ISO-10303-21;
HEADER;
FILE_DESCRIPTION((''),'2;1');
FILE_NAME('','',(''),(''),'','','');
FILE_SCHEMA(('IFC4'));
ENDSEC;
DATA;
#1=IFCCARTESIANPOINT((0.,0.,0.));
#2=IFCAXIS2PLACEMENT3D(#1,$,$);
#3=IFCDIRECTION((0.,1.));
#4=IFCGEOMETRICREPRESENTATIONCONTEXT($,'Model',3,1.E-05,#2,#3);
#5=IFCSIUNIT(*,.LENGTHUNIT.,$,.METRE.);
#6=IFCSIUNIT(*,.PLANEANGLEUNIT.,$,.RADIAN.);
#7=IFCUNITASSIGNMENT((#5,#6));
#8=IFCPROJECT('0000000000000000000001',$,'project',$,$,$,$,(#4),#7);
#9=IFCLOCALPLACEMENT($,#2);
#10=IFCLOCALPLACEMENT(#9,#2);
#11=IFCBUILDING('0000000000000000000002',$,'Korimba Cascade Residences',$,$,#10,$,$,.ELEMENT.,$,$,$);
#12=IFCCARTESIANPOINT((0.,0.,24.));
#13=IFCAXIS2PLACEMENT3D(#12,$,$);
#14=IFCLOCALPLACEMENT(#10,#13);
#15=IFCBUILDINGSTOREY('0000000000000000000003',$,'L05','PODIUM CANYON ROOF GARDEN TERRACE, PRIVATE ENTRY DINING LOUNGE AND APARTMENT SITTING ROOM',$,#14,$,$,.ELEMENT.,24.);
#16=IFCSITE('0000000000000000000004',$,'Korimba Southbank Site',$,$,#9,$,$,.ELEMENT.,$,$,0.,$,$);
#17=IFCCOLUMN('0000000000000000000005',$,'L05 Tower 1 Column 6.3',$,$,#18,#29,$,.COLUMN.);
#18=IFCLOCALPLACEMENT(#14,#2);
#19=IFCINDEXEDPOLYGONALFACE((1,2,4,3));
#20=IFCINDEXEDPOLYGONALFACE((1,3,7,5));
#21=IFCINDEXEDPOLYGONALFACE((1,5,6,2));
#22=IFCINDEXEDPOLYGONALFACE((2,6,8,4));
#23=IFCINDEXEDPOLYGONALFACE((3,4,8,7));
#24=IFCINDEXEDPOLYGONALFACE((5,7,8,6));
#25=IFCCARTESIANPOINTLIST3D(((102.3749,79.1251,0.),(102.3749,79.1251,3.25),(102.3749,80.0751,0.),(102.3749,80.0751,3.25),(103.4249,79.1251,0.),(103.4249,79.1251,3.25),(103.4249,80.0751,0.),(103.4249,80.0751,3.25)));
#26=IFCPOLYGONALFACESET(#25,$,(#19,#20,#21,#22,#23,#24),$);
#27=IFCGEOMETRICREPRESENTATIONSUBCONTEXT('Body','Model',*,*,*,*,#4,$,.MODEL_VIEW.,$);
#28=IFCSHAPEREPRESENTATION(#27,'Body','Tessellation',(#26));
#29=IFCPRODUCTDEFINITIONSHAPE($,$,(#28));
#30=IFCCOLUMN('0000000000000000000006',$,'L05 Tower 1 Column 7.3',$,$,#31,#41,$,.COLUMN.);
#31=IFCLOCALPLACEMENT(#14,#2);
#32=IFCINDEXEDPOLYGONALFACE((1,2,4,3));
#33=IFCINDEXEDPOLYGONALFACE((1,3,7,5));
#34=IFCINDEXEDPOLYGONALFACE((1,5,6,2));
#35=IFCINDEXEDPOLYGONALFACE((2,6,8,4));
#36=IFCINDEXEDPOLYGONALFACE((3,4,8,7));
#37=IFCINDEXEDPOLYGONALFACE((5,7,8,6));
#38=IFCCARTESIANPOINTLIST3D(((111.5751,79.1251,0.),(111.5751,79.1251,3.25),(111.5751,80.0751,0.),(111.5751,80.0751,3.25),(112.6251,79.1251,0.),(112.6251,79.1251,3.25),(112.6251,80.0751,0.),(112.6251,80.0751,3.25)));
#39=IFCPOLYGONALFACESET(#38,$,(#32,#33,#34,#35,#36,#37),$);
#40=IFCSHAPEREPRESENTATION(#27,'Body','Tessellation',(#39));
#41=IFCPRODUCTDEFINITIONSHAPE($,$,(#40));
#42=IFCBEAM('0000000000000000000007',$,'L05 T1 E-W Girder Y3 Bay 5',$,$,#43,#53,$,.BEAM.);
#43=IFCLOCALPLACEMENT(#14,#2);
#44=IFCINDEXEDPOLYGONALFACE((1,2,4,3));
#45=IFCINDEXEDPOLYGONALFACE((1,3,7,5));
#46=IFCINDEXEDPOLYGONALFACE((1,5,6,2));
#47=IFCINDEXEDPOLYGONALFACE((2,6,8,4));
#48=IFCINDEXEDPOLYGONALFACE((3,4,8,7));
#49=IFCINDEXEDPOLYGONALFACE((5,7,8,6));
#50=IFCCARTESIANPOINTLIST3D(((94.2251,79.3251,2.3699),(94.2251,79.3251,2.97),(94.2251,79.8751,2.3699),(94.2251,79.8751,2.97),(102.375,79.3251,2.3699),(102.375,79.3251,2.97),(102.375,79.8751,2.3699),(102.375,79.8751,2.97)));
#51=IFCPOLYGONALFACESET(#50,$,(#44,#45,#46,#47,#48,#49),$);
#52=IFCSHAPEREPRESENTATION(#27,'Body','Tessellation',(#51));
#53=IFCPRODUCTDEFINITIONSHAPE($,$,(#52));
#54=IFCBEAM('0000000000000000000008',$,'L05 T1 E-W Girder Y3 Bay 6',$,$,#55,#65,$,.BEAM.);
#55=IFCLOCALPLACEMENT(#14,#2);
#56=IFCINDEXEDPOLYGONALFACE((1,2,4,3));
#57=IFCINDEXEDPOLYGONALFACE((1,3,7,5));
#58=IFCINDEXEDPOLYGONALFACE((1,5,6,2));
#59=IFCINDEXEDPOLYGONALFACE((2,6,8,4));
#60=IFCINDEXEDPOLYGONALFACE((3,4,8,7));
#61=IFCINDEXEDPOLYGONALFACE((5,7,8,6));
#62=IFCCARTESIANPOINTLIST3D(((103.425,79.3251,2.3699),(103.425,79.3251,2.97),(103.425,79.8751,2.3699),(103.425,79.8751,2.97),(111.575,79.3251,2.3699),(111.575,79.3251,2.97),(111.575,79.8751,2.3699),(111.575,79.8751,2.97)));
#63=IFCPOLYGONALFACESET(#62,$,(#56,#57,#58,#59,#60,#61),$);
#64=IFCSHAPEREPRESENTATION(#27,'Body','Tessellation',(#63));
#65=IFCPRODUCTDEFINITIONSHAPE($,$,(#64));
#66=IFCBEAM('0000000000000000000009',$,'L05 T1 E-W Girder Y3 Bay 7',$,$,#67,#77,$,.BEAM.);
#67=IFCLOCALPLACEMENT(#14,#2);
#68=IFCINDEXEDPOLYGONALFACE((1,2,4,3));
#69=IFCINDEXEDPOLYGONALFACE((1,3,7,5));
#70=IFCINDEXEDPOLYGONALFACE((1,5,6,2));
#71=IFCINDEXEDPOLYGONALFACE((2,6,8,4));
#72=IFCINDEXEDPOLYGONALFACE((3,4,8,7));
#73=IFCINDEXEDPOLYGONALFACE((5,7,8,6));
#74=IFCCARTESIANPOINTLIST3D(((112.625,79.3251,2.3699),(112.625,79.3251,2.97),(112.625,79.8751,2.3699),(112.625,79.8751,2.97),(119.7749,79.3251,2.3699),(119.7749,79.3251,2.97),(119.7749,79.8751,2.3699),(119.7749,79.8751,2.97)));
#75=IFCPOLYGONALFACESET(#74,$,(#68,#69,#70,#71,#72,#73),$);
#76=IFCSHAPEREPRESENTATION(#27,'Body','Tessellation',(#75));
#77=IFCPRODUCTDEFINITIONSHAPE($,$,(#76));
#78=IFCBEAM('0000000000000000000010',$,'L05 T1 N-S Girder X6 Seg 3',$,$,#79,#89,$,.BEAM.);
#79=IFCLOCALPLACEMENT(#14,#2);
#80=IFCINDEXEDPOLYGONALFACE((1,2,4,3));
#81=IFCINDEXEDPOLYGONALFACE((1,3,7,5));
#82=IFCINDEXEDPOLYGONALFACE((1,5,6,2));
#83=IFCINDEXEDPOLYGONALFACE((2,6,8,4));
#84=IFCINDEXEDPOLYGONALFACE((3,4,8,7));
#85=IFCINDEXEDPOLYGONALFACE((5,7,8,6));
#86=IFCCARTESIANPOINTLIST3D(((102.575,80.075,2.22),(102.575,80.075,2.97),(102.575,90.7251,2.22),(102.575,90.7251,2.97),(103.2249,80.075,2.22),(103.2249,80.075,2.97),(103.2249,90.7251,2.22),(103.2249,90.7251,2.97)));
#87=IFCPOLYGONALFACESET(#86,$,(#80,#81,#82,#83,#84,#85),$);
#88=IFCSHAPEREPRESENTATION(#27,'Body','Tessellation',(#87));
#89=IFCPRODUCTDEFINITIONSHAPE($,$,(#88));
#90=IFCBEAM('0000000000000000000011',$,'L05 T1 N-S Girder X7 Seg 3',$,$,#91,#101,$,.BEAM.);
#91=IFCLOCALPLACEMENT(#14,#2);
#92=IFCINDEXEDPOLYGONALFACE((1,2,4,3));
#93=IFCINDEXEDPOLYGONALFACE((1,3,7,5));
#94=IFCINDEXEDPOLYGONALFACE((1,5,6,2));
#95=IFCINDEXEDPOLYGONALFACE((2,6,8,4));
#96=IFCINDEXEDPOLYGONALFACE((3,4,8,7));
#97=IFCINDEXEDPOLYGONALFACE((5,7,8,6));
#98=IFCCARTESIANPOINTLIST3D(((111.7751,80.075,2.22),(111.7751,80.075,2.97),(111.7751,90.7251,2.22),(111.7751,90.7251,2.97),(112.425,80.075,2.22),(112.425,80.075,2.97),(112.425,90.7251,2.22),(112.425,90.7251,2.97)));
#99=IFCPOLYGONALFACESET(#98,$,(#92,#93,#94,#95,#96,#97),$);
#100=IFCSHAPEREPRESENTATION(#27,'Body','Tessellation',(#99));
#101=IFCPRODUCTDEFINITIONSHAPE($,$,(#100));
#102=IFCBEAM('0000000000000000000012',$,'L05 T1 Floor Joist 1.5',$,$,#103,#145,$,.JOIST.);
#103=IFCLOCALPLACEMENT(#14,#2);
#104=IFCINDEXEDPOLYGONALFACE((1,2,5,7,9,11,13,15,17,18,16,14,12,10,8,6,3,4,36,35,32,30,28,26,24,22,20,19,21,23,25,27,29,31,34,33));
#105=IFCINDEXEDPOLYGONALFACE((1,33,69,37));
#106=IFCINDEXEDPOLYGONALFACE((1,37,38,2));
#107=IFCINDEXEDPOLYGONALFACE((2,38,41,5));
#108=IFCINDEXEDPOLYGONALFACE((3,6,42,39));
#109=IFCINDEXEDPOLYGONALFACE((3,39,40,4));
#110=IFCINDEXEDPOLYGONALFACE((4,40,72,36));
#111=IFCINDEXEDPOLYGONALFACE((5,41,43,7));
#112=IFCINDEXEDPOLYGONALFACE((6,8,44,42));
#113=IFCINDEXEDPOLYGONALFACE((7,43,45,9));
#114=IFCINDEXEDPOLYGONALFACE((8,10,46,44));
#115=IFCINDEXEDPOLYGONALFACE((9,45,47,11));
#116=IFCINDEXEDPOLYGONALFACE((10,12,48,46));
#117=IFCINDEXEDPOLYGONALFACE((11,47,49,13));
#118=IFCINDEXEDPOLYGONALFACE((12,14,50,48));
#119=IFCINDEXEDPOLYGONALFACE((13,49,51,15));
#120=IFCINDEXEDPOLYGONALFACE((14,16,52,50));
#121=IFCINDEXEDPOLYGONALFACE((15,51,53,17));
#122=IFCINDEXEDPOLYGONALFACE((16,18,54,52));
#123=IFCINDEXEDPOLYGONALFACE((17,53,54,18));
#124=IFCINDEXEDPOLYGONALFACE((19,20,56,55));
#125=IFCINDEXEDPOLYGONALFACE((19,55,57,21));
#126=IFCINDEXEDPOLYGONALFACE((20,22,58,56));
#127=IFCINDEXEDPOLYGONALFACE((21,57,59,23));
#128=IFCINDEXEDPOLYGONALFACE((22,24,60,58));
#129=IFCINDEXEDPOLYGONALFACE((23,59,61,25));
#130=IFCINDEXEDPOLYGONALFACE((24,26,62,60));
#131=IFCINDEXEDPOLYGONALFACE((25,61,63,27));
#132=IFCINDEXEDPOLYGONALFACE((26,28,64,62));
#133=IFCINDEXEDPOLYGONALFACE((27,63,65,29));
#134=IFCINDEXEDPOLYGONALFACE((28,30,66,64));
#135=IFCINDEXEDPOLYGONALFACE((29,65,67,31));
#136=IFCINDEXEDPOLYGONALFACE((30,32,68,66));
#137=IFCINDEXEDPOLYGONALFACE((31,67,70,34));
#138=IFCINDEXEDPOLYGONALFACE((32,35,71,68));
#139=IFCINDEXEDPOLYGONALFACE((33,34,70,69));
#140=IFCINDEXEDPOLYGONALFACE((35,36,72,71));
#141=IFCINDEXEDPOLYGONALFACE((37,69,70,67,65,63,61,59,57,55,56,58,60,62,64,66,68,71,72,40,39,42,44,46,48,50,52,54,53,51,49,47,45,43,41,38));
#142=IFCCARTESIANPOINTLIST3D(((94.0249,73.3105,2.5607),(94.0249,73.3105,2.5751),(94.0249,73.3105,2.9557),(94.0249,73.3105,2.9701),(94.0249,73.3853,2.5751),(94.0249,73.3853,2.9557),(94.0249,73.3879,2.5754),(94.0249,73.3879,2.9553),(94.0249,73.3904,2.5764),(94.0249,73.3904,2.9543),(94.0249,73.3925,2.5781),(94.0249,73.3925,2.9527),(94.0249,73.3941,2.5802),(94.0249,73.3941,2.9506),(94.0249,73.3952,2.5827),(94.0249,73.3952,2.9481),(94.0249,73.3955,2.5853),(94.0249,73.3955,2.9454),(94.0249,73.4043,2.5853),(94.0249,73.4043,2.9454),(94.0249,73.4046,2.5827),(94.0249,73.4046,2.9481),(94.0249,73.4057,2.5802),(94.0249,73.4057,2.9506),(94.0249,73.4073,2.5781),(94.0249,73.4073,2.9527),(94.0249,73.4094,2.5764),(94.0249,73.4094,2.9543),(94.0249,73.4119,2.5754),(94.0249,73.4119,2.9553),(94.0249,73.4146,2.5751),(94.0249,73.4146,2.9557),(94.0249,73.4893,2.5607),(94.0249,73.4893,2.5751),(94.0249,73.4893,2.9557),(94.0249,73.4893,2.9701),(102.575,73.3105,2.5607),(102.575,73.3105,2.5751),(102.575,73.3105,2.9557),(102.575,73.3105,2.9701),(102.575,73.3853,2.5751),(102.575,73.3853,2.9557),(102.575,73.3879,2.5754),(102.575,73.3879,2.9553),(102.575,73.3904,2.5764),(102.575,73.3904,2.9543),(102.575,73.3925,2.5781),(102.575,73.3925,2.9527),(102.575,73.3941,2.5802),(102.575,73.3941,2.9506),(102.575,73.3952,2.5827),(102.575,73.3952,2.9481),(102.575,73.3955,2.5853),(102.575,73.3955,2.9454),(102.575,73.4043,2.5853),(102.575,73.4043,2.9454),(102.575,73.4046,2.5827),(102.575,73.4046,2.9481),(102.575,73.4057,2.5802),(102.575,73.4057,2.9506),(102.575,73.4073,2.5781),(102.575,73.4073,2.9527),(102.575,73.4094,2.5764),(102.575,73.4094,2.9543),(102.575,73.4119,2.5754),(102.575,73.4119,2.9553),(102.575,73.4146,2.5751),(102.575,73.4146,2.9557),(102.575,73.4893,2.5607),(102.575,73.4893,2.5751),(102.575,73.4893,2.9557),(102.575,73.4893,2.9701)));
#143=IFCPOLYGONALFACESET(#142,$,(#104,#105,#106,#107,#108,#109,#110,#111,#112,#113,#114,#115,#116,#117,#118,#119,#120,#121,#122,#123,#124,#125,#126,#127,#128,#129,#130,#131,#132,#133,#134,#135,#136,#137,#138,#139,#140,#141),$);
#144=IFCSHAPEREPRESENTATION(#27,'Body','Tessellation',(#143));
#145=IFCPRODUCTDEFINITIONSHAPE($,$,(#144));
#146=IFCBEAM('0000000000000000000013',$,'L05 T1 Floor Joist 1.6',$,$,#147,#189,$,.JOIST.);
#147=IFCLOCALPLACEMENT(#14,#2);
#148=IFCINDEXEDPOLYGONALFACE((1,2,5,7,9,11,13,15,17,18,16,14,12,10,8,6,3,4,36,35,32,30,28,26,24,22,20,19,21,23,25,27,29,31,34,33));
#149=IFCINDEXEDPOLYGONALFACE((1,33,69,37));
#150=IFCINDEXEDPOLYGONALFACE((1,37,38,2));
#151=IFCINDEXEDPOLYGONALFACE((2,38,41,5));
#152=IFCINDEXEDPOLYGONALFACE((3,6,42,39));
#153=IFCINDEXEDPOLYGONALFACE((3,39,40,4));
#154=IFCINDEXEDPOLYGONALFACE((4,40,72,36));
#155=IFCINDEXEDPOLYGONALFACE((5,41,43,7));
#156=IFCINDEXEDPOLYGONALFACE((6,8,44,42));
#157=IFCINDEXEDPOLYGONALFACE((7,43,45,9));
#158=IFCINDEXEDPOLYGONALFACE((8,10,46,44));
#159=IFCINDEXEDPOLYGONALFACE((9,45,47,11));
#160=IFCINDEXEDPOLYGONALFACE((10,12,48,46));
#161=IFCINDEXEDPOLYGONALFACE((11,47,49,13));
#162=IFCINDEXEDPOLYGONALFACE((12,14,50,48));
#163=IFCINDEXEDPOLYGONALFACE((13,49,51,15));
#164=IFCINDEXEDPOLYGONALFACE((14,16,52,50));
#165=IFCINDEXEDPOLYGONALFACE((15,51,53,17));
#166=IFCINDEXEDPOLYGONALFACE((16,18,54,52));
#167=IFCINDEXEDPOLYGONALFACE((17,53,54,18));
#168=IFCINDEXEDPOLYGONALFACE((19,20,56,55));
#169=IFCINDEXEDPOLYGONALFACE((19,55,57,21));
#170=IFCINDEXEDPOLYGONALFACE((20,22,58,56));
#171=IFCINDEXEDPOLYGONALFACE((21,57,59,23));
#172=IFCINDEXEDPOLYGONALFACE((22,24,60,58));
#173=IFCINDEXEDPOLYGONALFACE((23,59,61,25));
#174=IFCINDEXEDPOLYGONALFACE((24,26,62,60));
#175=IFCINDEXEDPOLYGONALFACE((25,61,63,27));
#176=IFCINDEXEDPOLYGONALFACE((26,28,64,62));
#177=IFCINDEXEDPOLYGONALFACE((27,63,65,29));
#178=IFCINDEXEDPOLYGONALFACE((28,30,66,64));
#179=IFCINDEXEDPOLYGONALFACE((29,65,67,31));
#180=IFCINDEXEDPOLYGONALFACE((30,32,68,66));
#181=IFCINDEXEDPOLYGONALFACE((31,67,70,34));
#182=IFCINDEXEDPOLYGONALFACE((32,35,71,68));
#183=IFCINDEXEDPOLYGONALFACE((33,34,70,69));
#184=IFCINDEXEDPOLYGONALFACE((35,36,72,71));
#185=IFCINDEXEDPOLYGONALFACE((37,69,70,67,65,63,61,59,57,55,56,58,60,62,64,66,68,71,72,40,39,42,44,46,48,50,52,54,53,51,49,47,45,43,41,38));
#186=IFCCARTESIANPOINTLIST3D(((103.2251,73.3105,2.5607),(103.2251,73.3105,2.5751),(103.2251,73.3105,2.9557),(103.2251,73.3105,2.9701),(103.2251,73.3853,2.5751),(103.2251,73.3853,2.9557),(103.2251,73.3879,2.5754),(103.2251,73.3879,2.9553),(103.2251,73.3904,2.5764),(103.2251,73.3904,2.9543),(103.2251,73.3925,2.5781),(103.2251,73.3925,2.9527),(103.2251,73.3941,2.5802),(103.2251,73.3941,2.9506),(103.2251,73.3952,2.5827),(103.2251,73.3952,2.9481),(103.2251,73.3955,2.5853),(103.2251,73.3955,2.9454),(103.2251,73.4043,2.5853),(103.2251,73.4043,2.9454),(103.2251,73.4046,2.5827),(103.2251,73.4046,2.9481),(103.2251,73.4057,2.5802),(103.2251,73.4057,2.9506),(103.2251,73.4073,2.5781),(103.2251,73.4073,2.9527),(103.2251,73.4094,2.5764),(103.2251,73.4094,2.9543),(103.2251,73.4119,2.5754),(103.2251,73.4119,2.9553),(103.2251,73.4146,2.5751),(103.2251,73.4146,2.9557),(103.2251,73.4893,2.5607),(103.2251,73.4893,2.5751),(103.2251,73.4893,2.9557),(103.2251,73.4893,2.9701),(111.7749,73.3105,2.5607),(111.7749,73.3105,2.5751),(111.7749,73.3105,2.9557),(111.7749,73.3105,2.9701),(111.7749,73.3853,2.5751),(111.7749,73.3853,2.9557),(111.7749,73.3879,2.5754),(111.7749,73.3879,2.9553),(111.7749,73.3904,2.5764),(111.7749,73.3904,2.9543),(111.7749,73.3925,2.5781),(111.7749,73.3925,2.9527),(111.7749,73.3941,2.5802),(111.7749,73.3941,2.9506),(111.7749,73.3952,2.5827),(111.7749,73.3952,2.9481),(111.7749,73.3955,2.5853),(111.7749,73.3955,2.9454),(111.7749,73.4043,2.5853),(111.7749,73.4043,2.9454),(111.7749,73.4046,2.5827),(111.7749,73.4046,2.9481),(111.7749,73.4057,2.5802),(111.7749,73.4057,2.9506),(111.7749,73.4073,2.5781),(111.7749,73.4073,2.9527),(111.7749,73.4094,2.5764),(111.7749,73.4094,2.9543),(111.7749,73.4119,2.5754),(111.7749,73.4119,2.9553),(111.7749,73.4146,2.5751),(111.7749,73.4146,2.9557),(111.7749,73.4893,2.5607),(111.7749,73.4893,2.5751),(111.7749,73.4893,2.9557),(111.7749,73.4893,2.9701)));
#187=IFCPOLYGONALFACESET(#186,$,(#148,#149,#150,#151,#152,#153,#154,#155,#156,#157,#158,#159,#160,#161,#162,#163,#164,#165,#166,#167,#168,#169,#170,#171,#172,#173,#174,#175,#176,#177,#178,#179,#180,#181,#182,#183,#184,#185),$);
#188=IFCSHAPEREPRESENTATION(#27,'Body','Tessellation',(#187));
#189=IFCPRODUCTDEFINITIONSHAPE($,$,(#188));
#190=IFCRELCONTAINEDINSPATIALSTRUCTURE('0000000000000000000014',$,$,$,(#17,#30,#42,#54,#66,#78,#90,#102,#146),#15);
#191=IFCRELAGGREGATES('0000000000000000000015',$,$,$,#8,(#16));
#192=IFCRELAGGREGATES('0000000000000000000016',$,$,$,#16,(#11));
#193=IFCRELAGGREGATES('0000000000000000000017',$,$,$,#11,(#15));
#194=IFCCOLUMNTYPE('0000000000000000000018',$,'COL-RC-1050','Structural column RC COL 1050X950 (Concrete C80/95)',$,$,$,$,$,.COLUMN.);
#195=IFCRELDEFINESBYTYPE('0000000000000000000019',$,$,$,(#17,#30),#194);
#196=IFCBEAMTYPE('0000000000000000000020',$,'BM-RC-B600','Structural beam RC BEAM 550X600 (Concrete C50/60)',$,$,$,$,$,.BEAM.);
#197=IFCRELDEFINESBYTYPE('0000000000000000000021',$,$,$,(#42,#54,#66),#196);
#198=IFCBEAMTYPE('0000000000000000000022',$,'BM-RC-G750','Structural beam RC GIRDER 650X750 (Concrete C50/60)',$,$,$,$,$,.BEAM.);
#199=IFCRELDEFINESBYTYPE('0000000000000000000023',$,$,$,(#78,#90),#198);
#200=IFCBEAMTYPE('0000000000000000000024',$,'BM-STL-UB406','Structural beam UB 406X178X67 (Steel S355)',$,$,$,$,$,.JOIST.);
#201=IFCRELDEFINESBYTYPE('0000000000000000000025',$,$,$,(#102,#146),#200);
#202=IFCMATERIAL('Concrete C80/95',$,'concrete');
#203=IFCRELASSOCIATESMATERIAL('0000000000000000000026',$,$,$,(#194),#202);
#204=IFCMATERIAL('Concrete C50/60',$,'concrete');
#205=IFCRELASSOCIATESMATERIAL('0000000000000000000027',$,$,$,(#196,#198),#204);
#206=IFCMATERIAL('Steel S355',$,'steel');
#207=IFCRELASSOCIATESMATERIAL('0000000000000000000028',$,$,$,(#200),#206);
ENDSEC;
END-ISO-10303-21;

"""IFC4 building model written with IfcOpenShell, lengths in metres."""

from ifc_helpers import new_model, si_unit, direction, frame, origin, origin_2d, place, context, subcontext, project, spatial, rectangle, i_section, extrude, material, material_profile, profile_set, type_object, element, save


model = new_model("IFC4")

# Units and contexts
model_context = context("Model", 3, precision=1e-05, world=origin(), true_north=direction((0.0, 1.0)))
body_context = subcontext(model_context, "Body", "Model", "MODEL_VIEW")
ifc_project = project(units=[si_unit("LENGTHUNIT", "METRE"), si_unit("PLANEANGLEUNIT", "RADIAN")], contexts=[model_context])

# Site, building, storey
site_placement = place(None, origin())
site = spatial("IfcSite", under=ifc_project, at=site_placement, Name="Korimba Southbank Site", CompositionType="ELEMENT", RefElevation=0.0)
building_placement = place(site_placement, origin())
building = spatial("IfcBuilding", under=site, at=building_placement, Name="Korimba Cascade Residences", CompositionType="ELEMENT")
storey_placement = place(building_placement, frame((0.0, 0.0, 24.0)))
storey = spatial("IfcBuildingStorey", under=building, at=storey_placement, Name="L05", Description="PODIUM CANYON ROOF GARDEN TERRACE, PRIVATE ENTRY DINING LOUNGE AND APARTMENT SITTING ROOM", CompositionType="ELEMENT", Elevation=24.0)

# Columns
ifc_material_1 = material(Name="Concrete C80/95", Category="concrete")
ifc_material_profile_1 = material_profile(ifc_material_1, rectangle(XDim=1.05, YDim=0.95, at=origin_2d()), Name="Concrete C80/95")
ifc_profile_set_1 = profile_set([ifc_material_profile_1], Name="Concrete C80/95")
column_type = type_object("IfcColumnType", Name="COL-RC-1050", Description="Structural column RC COL 1050X950 (Concrete C80/95)", PredefinedType="COLUMN", material=ifc_profile_set_1)
for number, where, z_axis, x_axis, name in (
    (1, (102.8999, 79.6001, 0.0), (0.0, 0.0, 1.0), (1.0, 0.0, 0.0), "L05 Tower 1 Column 6.3"),
    (2, (112.1001, 79.6001, 0.0), (0.0, 0.0, 1.0), (1.0, 0.0, 0.0), "L05 Tower 1 Column 7.3"),
):
    element("IfcColumn", number, at=place(storey_placement, frame(where, z_axis=z_axis, x_axis=x_axis)), inside=storey, type_object=column_type, Name=name, PredefinedType="COLUMN", context=body_context, shape_type="SweptSolid", body=[
        extrude(rectangle(XDim=1.05, YDim=0.95, at=origin_2d()), origin(), (0.0, 0.0, 1.0), 3.25),
    ])

# Beams
ifc_material_2 = material(Name="Concrete C50/60", Category="concrete")
ifc_material_profile_2 = material_profile(ifc_material_2, rectangle(XDim=0.55, YDim=0.6001, at=origin_2d()), Name="Concrete C50/60")
ifc_profile_set_2 = profile_set([ifc_material_profile_2], Name="Concrete C50/60")
beam_type_1 = type_object("IfcBeamType", Name="BM-RC-B600", Description="Structural beam RC BEAM 550X600 (Concrete C50/60)", PredefinedType="BEAM", material=ifc_profile_set_2)
for number, where, z_axis, x_axis, name in (
    (3, (94.2251, 79.6001, 2.6699), (1.0, 0.0, 0.0), (0.0, 1.0, 0.0), "L05 T1 E-W Girder Y3 Bay 5"),
    (4, (103.425, 79.6001, 2.6699), (1.0, 0.0, 0.0), (0.0, 1.0, 0.0), "L05 T1 E-W Girder Y3 Bay 6"),
):
    element("IfcBeam", number, at=place(storey_placement, frame(where, z_axis=z_axis, x_axis=x_axis)), inside=storey, type_object=beam_type_1, Name=name, PredefinedType="BEAM", context=body_context, shape_type="SweptSolid", body=[
        extrude(rectangle(XDim=0.55, YDim=0.6001, at=origin_2d()), origin(), (0.0, 0.0, 1.0), 8.1499),
    ])
beam_1_placement = place(storey_placement, frame((112.625, 79.6001, 2.6699), z_axis=(1.0, 0.0, 0.0), x_axis=(0.0, 1.0, 0.0)))
element("IfcBeam", 5, at=beam_1_placement, inside=storey, type_object=beam_type_1, Name="L05 T1 E-W Girder Y3 Bay 7", PredefinedType="BEAM", context=body_context, shape_type="SweptSolid", body=[
    extrude(rectangle(XDim=0.55, YDim=0.6001, at=origin_2d()), origin(), (0.0, 0.0, 1.0), 7.1499),
])
ifc_material_profile_3 = material_profile(ifc_material_2, rectangle(XDim=0.6499, YDim=0.75, at=origin_2d()), Name="Concrete C50/60")
ifc_profile_set_3 = profile_set([ifc_material_profile_3], Name="Concrete C50/60")
beam_type_2 = type_object("IfcBeamType", Name="BM-RC-G750", Description="Structural beam RC GIRDER 650X750 (Concrete C50/60)", PredefinedType="BEAM", material=ifc_profile_set_3)
for number, where, z_axis, x_axis, name in (
    (6, (102.8999, 80.075, 2.595), (0.0, 1.0, 0.0), (-1.0, 0.0, 0.0), "L05 T1 N-S Girder X6 Seg 3"),
    (7, (112.1001, 80.075, 2.595), (0.0, 1.0, 0.0), (-1.0, 0.0, 0.0), "L05 T1 N-S Girder X7 Seg 3"),
):
    element("IfcBeam", number, at=place(storey_placement, frame(where, z_axis=z_axis, x_axis=x_axis)), inside=storey, type_object=beam_type_2, Name=name, PredefinedType="BEAM", context=body_context, shape_type="SweptSolid", body=[
        extrude(rectangle(XDim=0.6499, YDim=0.75, at=origin_2d()), origin(), (0.0, 0.0, 1.0), 10.6501),
    ])
ifc_material_3 = material(Name="Steel S355", Category="steel")
ifc_material_profile_4 = material_profile(ifc_material_3, i_section(OverallWidth=0.1787, OverallDepth=0.4094, WebThickness=0.0088, FlangeThickness=0.0144, FilletRadius=0.0103, at=origin_2d()), Name="Steel S355")
ifc_profile_set_4 = profile_set([ifc_material_profile_4], Name="Steel S355")
beam_type_3 = type_object("IfcBeamType", Name="BM-STL-UB406", Description="Structural beam UB 406X178X67 (Steel S355)", PredefinedType="JOIST", material=ifc_profile_set_4)
beam_2_placement = place(storey_placement, frame((94.0249, 73.3999, 2.7654), z_axis=(1.0, 0.0, 0.0), x_axis=(0.0, 1.0, 0.0)))
element("IfcBeam", 8, at=beam_2_placement, inside=storey, type_object=beam_type_3, Name="L05 T1 Floor Joist 1.5", PredefinedType="JOIST", context=body_context, shape_type="SweptSolid", body=[
    extrude(i_section(OverallWidth=0.1787, OverallDepth=0.4094, WebThickness=0.0088, FlangeThickness=0.0144, FilletRadius=0.0103, at=origin_2d()), origin(), (0.0, 0.0, 1.0), 8.55),
])
beam_3_placement = place(storey_placement, frame((103.2251, 73.3999, 2.7654), z_axis=(1.0, 0.0, 0.0), x_axis=(0.0, 1.0, 0.0)))
element("IfcBeam", 9, at=beam_3_placement, inside=storey, type_object=beam_type_3, Name="L05 T1 Floor Joist 1.6", PredefinedType="JOIST", context=body_context, shape_type="SweptSolid", body=[
    extrude(i_section(OverallWidth=0.1787, OverallDepth=0.4094, WebThickness=0.0088, FlangeThickness=0.0144, FilletRadius=0.0103, at=origin_2d()), origin(), (0.0, 0.0, 1.0), 8.5498),
])

save(model, "model.ifc")
